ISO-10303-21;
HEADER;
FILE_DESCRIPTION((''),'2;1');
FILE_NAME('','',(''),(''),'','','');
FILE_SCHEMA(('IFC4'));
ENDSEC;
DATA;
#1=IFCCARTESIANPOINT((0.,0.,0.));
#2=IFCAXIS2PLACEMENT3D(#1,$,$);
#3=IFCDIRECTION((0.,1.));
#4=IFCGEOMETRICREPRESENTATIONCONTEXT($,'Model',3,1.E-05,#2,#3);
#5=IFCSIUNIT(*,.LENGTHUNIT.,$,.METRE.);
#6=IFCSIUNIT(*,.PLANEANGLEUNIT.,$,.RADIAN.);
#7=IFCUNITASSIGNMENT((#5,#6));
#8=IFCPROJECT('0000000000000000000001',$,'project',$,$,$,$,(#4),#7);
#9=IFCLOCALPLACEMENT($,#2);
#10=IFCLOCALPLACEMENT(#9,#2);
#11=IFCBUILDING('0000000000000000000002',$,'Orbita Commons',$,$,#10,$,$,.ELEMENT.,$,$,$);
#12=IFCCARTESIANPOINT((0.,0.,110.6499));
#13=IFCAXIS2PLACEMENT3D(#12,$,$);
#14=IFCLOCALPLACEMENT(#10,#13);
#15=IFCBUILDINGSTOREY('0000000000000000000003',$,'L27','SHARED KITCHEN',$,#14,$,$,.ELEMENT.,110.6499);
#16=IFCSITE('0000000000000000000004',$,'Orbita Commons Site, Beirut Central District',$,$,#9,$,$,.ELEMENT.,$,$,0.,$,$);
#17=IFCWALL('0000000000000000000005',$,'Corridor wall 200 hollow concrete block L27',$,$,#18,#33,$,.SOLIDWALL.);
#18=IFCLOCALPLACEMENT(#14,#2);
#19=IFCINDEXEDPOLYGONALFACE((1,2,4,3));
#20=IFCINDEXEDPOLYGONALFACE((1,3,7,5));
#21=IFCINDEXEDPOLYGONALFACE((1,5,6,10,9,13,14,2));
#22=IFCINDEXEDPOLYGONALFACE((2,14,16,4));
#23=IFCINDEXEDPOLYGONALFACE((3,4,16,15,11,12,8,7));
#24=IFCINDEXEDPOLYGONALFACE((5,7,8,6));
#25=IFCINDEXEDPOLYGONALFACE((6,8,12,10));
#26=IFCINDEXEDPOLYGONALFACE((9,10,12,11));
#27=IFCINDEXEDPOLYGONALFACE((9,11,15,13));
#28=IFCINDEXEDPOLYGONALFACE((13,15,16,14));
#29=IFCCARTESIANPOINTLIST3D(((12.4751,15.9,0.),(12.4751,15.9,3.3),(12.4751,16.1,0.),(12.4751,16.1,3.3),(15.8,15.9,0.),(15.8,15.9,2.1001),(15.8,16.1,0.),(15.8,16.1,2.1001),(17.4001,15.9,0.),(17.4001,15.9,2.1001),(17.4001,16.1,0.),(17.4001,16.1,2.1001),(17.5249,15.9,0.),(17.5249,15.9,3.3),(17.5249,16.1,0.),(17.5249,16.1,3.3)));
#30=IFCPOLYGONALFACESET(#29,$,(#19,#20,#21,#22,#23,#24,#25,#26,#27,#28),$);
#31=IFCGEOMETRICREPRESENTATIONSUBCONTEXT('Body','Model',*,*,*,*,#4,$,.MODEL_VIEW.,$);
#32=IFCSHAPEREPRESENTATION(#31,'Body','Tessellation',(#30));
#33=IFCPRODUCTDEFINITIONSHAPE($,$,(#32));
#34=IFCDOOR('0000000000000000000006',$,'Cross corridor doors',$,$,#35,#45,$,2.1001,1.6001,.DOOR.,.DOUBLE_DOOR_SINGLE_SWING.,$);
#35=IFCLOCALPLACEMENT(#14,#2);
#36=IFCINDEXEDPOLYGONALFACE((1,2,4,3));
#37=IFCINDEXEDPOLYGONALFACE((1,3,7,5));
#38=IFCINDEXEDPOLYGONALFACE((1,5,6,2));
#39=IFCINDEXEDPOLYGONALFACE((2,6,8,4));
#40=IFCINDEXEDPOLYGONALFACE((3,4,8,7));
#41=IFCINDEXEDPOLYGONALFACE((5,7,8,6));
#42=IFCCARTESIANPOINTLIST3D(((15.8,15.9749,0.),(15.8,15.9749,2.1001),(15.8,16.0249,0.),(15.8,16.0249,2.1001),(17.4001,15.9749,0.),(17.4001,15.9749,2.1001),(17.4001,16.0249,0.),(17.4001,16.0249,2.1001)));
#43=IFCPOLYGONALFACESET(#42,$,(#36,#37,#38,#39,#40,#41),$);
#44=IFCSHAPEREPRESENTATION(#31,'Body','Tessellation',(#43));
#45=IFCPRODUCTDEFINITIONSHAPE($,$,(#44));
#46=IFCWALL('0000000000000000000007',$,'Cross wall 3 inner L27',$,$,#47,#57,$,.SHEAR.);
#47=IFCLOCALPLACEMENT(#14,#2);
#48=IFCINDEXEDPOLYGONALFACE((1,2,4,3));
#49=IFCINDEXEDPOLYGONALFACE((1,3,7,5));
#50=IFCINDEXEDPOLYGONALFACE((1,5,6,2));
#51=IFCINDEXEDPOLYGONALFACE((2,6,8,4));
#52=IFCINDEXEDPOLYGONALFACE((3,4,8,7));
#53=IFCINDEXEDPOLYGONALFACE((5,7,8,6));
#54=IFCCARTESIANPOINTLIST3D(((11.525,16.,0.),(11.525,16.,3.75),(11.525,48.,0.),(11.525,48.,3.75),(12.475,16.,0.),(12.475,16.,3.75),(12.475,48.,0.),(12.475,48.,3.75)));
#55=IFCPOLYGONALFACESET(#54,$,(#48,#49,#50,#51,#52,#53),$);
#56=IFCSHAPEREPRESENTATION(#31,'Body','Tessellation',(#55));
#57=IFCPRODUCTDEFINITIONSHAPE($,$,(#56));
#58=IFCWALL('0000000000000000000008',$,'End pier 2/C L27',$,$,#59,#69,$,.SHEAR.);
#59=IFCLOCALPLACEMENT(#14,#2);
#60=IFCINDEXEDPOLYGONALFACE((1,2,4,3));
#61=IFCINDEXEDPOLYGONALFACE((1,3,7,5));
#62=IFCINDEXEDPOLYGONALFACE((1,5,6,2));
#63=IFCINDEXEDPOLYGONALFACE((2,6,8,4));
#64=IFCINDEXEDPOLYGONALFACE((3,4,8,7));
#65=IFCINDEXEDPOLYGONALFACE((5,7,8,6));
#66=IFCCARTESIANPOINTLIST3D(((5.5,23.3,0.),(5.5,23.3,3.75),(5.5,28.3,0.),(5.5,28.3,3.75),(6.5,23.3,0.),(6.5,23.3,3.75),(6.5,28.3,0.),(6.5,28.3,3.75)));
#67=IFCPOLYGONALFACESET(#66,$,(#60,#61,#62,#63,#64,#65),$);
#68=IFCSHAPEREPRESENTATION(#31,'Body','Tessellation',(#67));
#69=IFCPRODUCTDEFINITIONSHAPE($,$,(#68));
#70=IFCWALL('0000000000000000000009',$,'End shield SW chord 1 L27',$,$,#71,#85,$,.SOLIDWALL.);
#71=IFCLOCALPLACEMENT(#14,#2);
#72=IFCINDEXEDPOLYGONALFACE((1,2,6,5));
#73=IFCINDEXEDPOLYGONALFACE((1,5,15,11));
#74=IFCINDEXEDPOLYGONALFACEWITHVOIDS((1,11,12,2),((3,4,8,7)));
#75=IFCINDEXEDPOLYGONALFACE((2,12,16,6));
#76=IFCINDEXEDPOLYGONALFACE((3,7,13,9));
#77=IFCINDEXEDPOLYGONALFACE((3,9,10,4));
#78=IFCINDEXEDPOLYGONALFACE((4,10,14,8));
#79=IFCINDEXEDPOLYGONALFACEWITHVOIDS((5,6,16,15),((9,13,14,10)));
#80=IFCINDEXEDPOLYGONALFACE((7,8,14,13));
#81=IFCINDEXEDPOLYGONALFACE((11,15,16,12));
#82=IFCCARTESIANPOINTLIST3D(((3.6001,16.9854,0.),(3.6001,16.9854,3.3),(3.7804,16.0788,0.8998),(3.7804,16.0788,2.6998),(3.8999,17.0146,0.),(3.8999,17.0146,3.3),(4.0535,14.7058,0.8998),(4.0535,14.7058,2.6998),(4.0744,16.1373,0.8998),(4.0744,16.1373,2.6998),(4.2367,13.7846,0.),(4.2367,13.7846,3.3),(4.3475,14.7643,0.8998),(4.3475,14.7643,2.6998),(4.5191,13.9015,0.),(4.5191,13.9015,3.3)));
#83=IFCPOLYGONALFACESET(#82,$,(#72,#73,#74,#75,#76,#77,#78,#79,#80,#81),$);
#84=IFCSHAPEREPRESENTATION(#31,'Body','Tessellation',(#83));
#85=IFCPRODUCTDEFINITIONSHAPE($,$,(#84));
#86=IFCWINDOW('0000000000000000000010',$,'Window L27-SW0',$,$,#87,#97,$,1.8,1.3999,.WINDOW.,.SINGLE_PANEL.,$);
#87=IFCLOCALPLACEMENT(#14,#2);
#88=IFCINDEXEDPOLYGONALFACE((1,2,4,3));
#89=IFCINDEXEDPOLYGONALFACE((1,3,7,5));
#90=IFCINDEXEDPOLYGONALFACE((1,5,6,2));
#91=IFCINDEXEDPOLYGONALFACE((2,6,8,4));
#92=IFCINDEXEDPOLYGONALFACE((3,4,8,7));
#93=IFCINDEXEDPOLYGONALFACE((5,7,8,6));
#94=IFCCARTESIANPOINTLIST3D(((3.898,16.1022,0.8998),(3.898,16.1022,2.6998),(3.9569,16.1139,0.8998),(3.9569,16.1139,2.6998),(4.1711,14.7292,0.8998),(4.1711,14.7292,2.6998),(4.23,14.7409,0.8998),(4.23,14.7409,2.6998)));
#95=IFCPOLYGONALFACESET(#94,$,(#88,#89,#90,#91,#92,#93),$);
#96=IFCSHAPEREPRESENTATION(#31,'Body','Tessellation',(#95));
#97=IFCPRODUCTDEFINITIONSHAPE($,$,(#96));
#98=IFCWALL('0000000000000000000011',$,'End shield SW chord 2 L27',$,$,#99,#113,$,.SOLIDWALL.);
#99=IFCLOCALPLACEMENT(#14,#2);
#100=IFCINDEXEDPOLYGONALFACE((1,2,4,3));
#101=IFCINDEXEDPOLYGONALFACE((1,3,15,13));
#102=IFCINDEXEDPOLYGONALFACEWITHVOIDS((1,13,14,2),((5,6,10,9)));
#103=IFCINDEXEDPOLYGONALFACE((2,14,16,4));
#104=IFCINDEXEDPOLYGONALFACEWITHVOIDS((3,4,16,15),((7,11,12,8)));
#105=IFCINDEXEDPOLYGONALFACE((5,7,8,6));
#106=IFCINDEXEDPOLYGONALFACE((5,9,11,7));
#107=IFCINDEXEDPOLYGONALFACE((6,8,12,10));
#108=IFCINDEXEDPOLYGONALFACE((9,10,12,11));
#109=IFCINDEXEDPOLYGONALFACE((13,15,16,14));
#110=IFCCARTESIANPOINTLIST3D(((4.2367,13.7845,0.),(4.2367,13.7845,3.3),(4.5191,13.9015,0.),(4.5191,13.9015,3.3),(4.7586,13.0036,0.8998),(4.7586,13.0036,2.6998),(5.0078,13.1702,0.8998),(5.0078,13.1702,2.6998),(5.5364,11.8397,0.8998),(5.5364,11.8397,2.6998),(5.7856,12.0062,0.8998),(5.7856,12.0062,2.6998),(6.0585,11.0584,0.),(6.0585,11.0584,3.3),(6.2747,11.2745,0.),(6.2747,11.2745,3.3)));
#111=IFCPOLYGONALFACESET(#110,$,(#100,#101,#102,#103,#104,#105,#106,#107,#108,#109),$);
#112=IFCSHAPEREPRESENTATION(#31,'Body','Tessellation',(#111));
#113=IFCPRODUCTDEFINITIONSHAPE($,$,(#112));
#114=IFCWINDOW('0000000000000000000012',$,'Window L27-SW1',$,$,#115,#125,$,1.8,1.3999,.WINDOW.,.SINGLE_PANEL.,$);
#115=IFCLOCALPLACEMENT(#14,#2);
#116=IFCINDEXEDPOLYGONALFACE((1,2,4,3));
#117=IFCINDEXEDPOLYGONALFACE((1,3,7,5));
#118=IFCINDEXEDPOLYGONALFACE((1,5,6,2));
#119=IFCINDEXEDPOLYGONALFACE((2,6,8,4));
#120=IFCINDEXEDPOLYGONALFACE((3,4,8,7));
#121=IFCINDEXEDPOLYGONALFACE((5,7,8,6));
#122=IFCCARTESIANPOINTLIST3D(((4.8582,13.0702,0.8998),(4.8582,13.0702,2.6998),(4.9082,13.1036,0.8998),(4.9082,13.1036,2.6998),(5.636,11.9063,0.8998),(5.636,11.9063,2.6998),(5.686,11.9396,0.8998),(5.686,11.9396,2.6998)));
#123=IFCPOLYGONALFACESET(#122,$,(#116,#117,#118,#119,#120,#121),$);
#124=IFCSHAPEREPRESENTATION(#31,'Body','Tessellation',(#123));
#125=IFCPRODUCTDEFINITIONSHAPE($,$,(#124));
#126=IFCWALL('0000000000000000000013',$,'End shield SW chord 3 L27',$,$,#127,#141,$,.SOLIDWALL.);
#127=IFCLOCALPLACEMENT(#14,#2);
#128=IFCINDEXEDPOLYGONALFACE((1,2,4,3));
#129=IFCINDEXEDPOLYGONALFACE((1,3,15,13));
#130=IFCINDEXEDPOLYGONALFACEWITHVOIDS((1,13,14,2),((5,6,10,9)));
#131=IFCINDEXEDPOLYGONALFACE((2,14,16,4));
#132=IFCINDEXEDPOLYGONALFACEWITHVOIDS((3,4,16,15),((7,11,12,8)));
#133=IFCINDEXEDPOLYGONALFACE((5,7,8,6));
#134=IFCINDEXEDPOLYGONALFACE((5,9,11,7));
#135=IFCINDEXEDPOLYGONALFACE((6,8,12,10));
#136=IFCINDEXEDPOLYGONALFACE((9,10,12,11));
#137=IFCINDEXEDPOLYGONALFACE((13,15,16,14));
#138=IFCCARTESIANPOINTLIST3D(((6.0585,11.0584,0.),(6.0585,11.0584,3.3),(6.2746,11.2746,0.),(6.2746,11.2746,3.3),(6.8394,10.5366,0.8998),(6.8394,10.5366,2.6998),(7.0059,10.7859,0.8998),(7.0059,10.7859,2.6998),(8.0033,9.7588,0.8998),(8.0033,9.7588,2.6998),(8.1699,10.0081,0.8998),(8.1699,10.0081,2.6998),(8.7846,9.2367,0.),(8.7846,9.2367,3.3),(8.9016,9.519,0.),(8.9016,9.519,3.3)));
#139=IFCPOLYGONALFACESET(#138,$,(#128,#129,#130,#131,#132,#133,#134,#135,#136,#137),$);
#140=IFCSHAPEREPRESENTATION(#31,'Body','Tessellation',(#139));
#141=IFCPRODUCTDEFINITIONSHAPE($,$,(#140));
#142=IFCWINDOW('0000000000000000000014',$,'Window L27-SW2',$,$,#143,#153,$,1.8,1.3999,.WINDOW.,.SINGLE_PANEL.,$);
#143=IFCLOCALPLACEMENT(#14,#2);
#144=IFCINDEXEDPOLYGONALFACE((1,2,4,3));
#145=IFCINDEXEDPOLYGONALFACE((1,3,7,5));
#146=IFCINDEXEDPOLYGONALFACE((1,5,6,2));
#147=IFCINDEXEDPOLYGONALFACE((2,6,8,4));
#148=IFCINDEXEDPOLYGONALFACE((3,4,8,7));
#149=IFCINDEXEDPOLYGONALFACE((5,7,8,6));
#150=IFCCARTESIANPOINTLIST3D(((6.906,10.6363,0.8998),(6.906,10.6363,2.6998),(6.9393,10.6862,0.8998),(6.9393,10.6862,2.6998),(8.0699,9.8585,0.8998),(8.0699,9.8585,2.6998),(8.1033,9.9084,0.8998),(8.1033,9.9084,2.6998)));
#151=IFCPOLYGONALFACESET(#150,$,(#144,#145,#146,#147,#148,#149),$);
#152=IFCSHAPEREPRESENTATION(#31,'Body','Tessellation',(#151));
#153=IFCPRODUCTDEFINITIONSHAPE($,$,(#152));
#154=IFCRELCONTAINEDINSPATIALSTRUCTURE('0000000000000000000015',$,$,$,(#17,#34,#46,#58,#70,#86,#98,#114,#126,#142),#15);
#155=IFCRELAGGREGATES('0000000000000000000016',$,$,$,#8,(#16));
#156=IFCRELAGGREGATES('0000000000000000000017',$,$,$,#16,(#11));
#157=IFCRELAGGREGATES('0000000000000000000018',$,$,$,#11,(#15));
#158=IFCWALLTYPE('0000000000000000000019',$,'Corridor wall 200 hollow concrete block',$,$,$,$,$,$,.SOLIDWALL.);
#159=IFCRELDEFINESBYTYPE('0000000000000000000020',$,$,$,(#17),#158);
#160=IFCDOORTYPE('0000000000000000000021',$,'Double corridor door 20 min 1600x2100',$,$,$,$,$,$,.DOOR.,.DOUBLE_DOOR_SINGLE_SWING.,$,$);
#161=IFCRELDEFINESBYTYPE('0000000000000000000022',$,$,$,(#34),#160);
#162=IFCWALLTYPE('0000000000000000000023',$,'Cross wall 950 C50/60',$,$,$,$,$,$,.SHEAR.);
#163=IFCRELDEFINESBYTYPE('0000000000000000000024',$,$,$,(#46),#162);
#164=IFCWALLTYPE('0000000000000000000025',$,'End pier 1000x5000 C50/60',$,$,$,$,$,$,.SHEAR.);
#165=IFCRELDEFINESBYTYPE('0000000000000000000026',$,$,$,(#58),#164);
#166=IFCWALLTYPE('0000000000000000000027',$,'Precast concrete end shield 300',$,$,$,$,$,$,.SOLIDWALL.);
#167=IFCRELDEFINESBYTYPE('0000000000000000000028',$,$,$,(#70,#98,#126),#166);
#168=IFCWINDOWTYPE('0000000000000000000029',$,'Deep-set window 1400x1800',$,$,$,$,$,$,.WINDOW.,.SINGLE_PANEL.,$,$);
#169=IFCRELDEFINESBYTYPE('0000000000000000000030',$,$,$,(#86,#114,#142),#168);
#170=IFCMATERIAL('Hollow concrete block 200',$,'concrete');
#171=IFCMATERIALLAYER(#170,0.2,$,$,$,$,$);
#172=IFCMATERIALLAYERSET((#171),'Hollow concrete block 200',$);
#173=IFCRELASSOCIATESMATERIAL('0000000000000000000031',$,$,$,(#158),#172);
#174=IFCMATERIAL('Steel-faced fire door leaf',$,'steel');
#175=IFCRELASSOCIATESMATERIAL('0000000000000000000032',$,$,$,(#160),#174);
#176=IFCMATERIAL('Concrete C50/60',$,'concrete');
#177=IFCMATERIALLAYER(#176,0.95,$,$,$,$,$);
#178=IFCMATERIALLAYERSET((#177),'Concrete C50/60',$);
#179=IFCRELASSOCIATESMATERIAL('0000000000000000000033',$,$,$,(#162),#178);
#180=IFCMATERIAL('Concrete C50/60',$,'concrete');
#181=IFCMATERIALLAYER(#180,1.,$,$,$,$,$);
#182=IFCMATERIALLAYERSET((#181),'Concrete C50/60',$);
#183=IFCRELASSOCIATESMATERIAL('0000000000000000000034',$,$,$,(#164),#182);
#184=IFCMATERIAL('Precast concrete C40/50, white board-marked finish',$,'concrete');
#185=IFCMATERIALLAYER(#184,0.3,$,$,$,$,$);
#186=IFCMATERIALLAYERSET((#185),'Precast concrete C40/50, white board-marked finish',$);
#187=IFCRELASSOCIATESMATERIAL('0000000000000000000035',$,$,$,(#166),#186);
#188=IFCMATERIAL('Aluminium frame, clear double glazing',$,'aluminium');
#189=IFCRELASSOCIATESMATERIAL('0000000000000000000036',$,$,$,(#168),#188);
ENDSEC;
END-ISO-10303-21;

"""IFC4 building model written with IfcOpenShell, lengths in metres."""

from ifc_helpers import new_model, si_unit, direction, frame, frame_2d, origin, place, context, subcontext, project, spatial, polyline, rectangle, outline, extrude, material, layer, layer_set, type_object, element, fill, save


model = new_model("IFC4")

# Units and contexts
model_context = context("Model", 3, precision=1e-05, world=origin(), true_north=direction((0.0, 1.0)))
body_context = subcontext(model_context, "Body", "Model", "MODEL_VIEW")
ifc_project = project(units=[si_unit("LENGTHUNIT", "METRE"), si_unit("PLANEANGLEUNIT", "RADIAN")], contexts=[model_context])

# Site, building, storey
site_placement = place(None, origin())
site = spatial("IfcSite", under=ifc_project, at=site_placement, Name="Orbita Commons Site, Beirut Central District", CompositionType="ELEMENT", RefElevation=0.0)
building_placement = place(site_placement, origin())
building = spatial("IfcBuilding", under=site, at=building_placement, Name="Orbita Commons", CompositionType="ELEMENT")
storey_placement = place(building_placement, frame((0.0, 0.0, 110.6499)))
storey = spatial("IfcBuildingStorey", under=building, at=storey_placement, Name="L27", Description="SHARED KITCHEN", CompositionType="ELEMENT", Elevation=110.6499)

# Wall, opening, door
ifc_material_1 = material(Name="Hollow concrete block 200", Category="concrete")
ifc_layer_1 = layer(ifc_material_1, 0.2)
ifc_layer_set_1 = layer_set([ifc_layer_1], Name="Hollow concrete block 200")
wall_type_1 = type_object("IfcWallType", Name="Corridor wall 200 hollow concrete block", PredefinedType="SOLIDWALL", material=ifc_layer_set_1)
wall_1_placement = place(storey_placement, frame((12.4751, 16.0, 0.0), z_axis=(0.0, 0.0, 1.0), x_axis=(1.0, 0.0, 0.0)))
wall_1 = element("IfcWall", 1, at=wall_1_placement, inside=storey, type_object=wall_type_1, Name="Corridor wall 200 hollow concrete block L27", PredefinedType="SOLIDWALL", context=body_context, shape_type="SweptSolid", body=[
    extrude(rectangle(XDim=5.0498, YDim=0.2, at=frame_2d((2.5249, 0.0))), origin(), (0.0, 0.0, 1.0), 3.3),
])
opening_1_placement = place(wall_1_placement, frame((3.325, 0.0, 0.0)))
opening_1 = element("IfcOpeningElement", 2, at=opening_1_placement, cuts=wall_1, PredefinedType="OPENING", context=body_context, shape_type="SweptSolid", body=[
    extrude(rectangle(XDim=1.6001, YDim=2.1001, at=frame_2d((0.8, 1.05))), frame((0.0, 0.1099, 0.0), z_axis=(0.0, -1.0, 0.0), x_axis=(1.0, 0.0, 0.0)), (0.0, 0.0, 1.0), 0.22),
])
ifc_material_2 = material(Name="Steel-faced fire door leaf", Category="steel")
door_type_1 = type_object("IfcDoorType", Name="Double corridor door 20 min 1600x2100", OperationType="DOUBLE_DOOR_SINGLE_SWING", PredefinedType="DOOR", material=ifc_material_2)
door_1_placement = place(opening_1_placement, origin())
door_1 = element("IfcDoor", 3, at=door_1_placement, inside=storey, type_object=door_type_1, Name="Cross corridor doors", OperationType="DOUBLE_DOOR_SINGLE_SWING", OverallHeight=2.1001, OverallWidth=1.6001, PredefinedType="DOOR", context=body_context, shape_type="SweptSolid", body=[
    extrude(rectangle(XDim=1.6001, YDim=2.1001, at=frame_2d((0.8, 1.05))), frame((0.0, 0.0249, 0.0), z_axis=(0.0, -1.0, 0.0), x_axis=(1.0, 0.0, 0.0)), (0.0, 0.0, 1.0), 0.05),
])
fill(opening_1, door_1)

# Walls
ifc_material_3 = material(Name="Concrete C50/60", Category="concrete")
ifc_layer_2 = layer(ifc_material_3, 0.95)
ifc_layer_set_2 = layer_set([ifc_layer_2], Name="Concrete C50/60")
wall_type_2 = type_object("IfcWallType", Name="Cross wall 950 C50/60", PredefinedType="SHEAR", material=ifc_layer_set_2)
wall_2_placement = place(storey_placement, frame((12.0, 16.0, 0.0), z_axis=(0.0, 0.0, 1.0), x_axis=(0.0, 1.0, 0.0)))
element("IfcWall", 4, at=wall_2_placement, inside=storey, type_object=wall_type_2, Name="Cross wall 3 inner L27", PredefinedType="SHEAR", context=body_context, shape_type="SweptSolid", body=[
    extrude(rectangle(XDim=32.0, YDim=0.95, at=frame_2d((16.0, 0.0))), origin(), (0.0, 0.0, 1.0), 3.75),
])
ifc_material_4 = material(Name="Concrete C50/60", Category="concrete")
ifc_layer_3 = layer(ifc_material_4, 1.0)
ifc_layer_set_3 = layer_set([ifc_layer_3], Name="Concrete C50/60")
wall_type_3 = type_object("IfcWallType", Name="End pier 1000x5000 C50/60", PredefinedType="SHEAR", material=ifc_layer_set_3)
wall_3_placement = place(storey_placement, frame((6.0, 23.3, 0.0), z_axis=(0.0, 0.0, 1.0), x_axis=(0.0, 1.0, 0.0)))
element("IfcWall", 5, at=wall_3_placement, inside=storey, type_object=wall_type_3, Name="End pier 2/C L27", PredefinedType="SHEAR", context=body_context, shape_type="SweptSolid", body=[
    extrude(rectangle(XDim=5.0, YDim=1.0, at=frame_2d((2.5, 0.0))), origin(), (0.0, 0.0, 1.0), 3.75),
])

# Walls, openings, windows
ifc_material_5 = material(Name="Precast concrete C40/50, white board-marked finish", Category="concrete")
ifc_layer_4 = layer(ifc_material_5, 0.3)
ifc_layer_set_4 = layer_set([ifc_layer_4], Name="Precast concrete C40/50, white board-marked finish")
wall_type_4 = type_object("IfcWallType", Name="Precast concrete end shield 300", PredefinedType="SOLIDWALL", material=ifc_layer_set_4)
wall_4_placement = place(storey_placement, frame((3.75, 17.0, 0.0), z_axis=(0.0, 0.0, 1.0), x_axis=(0.19508, -0.980787, 0.0)))
wall_4 = element("IfcWall", 6, at=wall_4_placement, inside=storey, type_object=wall_type_4, Name="End shield SW chord 1 L27", PredefinedType="SOLIDWALL", context=body_context, shape_type="SweptSolid", body=[
    extrude(outline(polyline([(-0.0149, -0.1499), (3.2485, -0.1499), (3.189, 0.1499), (0.0149, 0.1499), (-0.0149, -0.1499)])), origin(), (0.0, 0.0, 1.0), 3.3),
])
opening_2_placement = place(wall_4_placement, frame((0.9094, 0.0, 0.8999)))
opening_2 = element("IfcOpeningElement", 7, at=opening_2_placement, cuts=wall_4, PredefinedType="OPENING", context=body_context, shape_type="SweptSolid", body=[
    extrude(rectangle(XDim=1.3999, YDim=1.8, at=frame_2d((0.7, 0.8999))), frame((0.0, 0.1599, 0.0), z_axis=(0.0, -1.0, 0.0), x_axis=(1.0, 0.0, 0.0)), (0.0, 0.0, 1.0), 0.3201),
])
ifc_material_6 = material(Name="Aluminium frame, clear double glazing", Category="aluminium")
window_type = type_object("IfcWindowType", Name="Deep-set window 1400x1800", PartitioningType="SINGLE_PANEL", PredefinedType="WINDOW", material=ifc_material_6)
window_1_placement = place(opening_2_placement, origin())
window_1 = element("IfcWindow", 8, at=window_1_placement, inside=storey, type_object=window_type, Name="Window L27-SW0", OverallHeight=1.8, OverallWidth=1.3999, PartitioningType="SINGLE_PANEL", PredefinedType="WINDOW", context=body_context, shape_type="SweptSolid", body=[
    extrude(rectangle(XDim=1.3999, YDim=1.8, at=frame_2d((0.7, 0.8999))), frame((0.0, 0.03, 0.0), z_axis=(0.0, -1.0, 0.0), x_axis=(1.0, 0.0, 0.0)), (0.0, 0.0, 1.0), 0.0601),
])
fill(opening_2, window_1)
wall_5_placement = place(storey_placement, frame((4.3779, 13.843, 0.0), z_axis=(0.0, 0.0, 1.0), x_axis=(0.55561, -0.831443, 0.0)))
wall_5 = element("IfcWall", 9, at=wall_5_placement, inside=storey, type_object=wall_type_4, Name="End shield SW chord 2 L27", PredefinedType="SOLIDWALL", context=body_context, shape_type="SweptSolid", body=[
    extrude(outline(polyline([(-0.0298, -0.1499), (3.249, -0.1499), (3.1895, 0.1499), (0.0298, 0.1499), (-0.0298, -0.1499)])), origin(), (0.0, 0.0, 1.0), 3.3),
])
opening_3_placement = place(wall_5_placement, frame((0.9094, 0.0, 0.8999)))
opening_3 = element("IfcOpeningElement", 10, at=opening_3_placement, cuts=wall_5, PredefinedType="OPENING", context=body_context, shape_type="SweptSolid", body=[
    extrude(rectangle(XDim=1.3999, YDim=1.8, at=frame_2d((0.7, 0.8999))), frame((0.0, 0.1599, 0.0), z_axis=(0.0, -1.0, 0.0), x_axis=(1.0, 0.0, 0.0)), (0.0, 0.0, 1.0), 0.3201),
])
window_2_placement = place(opening_3_placement, origin())
window_2 = element("IfcWindow", 11, at=window_2_placement, inside=storey, type_object=window_type, Name="Window L27-SW1", OverallHeight=1.8, OverallWidth=1.3999, PartitioningType="SINGLE_PANEL", PredefinedType="WINDOW", context=body_context, shape_type="SweptSolid", body=[
    extrude(rectangle(XDim=1.3999, YDim=1.8, at=frame_2d((0.7, 0.8999))), frame((0.0, 0.03, 0.0), z_axis=(0.0, -1.0, 0.0), x_axis=(1.0, 0.0, 0.0)), (0.0, 0.0, 1.0), 0.0601),
])
fill(opening_3, window_2)
wall_6_placement = place(storey_placement, frame((6.1665, 11.1665, 0.0), z_axis=(0.0, 0.0, 1.0), x_axis=(0.831443, -0.55561, 0.0)))
wall_6 = element("IfcWall", 12, at=wall_6_placement, inside=storey, type_object=wall_type_4, Name="End shield SW chord 3 L27", PredefinedType="SOLIDWALL", context=body_context, shape_type="SweptSolid", body=[
    extrude(outline(polyline([(-0.0298, -0.1499), (3.249, -0.1499), (3.1895, 0.1499), (0.0298, 0.1499), (-0.0298, -0.1499)])), origin(), (0.0, 0.0, 1.0), 3.3),
])
opening_4_placement = place(wall_6_placement, frame((0.9094, 0.0, 0.8999)))
opening_4 = element("IfcOpeningElement", 13, at=opening_4_placement, cuts=wall_6, PredefinedType="OPENING", context=body_context, shape_type="SweptSolid", body=[
    extrude(rectangle(XDim=1.3999, YDim=1.8, at=frame_2d((0.7, 0.8999))), frame((0.0, 0.1599, 0.0), z_axis=(0.0, -1.0, 0.0), x_axis=(1.0, 0.0, 0.0)), (0.0, 0.0, 1.0), 0.3201),
])
window_3_placement = place(opening_4_placement, origin())
window_3 = element("IfcWindow", 14, at=window_3_placement, inside=storey, type_object=window_type, Name="Window L27-SW2", OverallHeight=1.8, OverallWidth=1.3999, PartitioningType="SINGLE_PANEL", PredefinedType="WINDOW", context=body_context, shape_type="SweptSolid", body=[
    extrude(rectangle(XDim=1.3999, YDim=1.8, at=frame_2d((0.7, 0.8999))), frame((0.0, 0.03, 0.0), z_axis=(0.0, -1.0, 0.0), x_axis=(1.0, 0.0, 0.0)), (0.0, 0.0, 1.0), 0.0601),
])
fill(opening_4, window_3)

save(model, "model.ifc")
